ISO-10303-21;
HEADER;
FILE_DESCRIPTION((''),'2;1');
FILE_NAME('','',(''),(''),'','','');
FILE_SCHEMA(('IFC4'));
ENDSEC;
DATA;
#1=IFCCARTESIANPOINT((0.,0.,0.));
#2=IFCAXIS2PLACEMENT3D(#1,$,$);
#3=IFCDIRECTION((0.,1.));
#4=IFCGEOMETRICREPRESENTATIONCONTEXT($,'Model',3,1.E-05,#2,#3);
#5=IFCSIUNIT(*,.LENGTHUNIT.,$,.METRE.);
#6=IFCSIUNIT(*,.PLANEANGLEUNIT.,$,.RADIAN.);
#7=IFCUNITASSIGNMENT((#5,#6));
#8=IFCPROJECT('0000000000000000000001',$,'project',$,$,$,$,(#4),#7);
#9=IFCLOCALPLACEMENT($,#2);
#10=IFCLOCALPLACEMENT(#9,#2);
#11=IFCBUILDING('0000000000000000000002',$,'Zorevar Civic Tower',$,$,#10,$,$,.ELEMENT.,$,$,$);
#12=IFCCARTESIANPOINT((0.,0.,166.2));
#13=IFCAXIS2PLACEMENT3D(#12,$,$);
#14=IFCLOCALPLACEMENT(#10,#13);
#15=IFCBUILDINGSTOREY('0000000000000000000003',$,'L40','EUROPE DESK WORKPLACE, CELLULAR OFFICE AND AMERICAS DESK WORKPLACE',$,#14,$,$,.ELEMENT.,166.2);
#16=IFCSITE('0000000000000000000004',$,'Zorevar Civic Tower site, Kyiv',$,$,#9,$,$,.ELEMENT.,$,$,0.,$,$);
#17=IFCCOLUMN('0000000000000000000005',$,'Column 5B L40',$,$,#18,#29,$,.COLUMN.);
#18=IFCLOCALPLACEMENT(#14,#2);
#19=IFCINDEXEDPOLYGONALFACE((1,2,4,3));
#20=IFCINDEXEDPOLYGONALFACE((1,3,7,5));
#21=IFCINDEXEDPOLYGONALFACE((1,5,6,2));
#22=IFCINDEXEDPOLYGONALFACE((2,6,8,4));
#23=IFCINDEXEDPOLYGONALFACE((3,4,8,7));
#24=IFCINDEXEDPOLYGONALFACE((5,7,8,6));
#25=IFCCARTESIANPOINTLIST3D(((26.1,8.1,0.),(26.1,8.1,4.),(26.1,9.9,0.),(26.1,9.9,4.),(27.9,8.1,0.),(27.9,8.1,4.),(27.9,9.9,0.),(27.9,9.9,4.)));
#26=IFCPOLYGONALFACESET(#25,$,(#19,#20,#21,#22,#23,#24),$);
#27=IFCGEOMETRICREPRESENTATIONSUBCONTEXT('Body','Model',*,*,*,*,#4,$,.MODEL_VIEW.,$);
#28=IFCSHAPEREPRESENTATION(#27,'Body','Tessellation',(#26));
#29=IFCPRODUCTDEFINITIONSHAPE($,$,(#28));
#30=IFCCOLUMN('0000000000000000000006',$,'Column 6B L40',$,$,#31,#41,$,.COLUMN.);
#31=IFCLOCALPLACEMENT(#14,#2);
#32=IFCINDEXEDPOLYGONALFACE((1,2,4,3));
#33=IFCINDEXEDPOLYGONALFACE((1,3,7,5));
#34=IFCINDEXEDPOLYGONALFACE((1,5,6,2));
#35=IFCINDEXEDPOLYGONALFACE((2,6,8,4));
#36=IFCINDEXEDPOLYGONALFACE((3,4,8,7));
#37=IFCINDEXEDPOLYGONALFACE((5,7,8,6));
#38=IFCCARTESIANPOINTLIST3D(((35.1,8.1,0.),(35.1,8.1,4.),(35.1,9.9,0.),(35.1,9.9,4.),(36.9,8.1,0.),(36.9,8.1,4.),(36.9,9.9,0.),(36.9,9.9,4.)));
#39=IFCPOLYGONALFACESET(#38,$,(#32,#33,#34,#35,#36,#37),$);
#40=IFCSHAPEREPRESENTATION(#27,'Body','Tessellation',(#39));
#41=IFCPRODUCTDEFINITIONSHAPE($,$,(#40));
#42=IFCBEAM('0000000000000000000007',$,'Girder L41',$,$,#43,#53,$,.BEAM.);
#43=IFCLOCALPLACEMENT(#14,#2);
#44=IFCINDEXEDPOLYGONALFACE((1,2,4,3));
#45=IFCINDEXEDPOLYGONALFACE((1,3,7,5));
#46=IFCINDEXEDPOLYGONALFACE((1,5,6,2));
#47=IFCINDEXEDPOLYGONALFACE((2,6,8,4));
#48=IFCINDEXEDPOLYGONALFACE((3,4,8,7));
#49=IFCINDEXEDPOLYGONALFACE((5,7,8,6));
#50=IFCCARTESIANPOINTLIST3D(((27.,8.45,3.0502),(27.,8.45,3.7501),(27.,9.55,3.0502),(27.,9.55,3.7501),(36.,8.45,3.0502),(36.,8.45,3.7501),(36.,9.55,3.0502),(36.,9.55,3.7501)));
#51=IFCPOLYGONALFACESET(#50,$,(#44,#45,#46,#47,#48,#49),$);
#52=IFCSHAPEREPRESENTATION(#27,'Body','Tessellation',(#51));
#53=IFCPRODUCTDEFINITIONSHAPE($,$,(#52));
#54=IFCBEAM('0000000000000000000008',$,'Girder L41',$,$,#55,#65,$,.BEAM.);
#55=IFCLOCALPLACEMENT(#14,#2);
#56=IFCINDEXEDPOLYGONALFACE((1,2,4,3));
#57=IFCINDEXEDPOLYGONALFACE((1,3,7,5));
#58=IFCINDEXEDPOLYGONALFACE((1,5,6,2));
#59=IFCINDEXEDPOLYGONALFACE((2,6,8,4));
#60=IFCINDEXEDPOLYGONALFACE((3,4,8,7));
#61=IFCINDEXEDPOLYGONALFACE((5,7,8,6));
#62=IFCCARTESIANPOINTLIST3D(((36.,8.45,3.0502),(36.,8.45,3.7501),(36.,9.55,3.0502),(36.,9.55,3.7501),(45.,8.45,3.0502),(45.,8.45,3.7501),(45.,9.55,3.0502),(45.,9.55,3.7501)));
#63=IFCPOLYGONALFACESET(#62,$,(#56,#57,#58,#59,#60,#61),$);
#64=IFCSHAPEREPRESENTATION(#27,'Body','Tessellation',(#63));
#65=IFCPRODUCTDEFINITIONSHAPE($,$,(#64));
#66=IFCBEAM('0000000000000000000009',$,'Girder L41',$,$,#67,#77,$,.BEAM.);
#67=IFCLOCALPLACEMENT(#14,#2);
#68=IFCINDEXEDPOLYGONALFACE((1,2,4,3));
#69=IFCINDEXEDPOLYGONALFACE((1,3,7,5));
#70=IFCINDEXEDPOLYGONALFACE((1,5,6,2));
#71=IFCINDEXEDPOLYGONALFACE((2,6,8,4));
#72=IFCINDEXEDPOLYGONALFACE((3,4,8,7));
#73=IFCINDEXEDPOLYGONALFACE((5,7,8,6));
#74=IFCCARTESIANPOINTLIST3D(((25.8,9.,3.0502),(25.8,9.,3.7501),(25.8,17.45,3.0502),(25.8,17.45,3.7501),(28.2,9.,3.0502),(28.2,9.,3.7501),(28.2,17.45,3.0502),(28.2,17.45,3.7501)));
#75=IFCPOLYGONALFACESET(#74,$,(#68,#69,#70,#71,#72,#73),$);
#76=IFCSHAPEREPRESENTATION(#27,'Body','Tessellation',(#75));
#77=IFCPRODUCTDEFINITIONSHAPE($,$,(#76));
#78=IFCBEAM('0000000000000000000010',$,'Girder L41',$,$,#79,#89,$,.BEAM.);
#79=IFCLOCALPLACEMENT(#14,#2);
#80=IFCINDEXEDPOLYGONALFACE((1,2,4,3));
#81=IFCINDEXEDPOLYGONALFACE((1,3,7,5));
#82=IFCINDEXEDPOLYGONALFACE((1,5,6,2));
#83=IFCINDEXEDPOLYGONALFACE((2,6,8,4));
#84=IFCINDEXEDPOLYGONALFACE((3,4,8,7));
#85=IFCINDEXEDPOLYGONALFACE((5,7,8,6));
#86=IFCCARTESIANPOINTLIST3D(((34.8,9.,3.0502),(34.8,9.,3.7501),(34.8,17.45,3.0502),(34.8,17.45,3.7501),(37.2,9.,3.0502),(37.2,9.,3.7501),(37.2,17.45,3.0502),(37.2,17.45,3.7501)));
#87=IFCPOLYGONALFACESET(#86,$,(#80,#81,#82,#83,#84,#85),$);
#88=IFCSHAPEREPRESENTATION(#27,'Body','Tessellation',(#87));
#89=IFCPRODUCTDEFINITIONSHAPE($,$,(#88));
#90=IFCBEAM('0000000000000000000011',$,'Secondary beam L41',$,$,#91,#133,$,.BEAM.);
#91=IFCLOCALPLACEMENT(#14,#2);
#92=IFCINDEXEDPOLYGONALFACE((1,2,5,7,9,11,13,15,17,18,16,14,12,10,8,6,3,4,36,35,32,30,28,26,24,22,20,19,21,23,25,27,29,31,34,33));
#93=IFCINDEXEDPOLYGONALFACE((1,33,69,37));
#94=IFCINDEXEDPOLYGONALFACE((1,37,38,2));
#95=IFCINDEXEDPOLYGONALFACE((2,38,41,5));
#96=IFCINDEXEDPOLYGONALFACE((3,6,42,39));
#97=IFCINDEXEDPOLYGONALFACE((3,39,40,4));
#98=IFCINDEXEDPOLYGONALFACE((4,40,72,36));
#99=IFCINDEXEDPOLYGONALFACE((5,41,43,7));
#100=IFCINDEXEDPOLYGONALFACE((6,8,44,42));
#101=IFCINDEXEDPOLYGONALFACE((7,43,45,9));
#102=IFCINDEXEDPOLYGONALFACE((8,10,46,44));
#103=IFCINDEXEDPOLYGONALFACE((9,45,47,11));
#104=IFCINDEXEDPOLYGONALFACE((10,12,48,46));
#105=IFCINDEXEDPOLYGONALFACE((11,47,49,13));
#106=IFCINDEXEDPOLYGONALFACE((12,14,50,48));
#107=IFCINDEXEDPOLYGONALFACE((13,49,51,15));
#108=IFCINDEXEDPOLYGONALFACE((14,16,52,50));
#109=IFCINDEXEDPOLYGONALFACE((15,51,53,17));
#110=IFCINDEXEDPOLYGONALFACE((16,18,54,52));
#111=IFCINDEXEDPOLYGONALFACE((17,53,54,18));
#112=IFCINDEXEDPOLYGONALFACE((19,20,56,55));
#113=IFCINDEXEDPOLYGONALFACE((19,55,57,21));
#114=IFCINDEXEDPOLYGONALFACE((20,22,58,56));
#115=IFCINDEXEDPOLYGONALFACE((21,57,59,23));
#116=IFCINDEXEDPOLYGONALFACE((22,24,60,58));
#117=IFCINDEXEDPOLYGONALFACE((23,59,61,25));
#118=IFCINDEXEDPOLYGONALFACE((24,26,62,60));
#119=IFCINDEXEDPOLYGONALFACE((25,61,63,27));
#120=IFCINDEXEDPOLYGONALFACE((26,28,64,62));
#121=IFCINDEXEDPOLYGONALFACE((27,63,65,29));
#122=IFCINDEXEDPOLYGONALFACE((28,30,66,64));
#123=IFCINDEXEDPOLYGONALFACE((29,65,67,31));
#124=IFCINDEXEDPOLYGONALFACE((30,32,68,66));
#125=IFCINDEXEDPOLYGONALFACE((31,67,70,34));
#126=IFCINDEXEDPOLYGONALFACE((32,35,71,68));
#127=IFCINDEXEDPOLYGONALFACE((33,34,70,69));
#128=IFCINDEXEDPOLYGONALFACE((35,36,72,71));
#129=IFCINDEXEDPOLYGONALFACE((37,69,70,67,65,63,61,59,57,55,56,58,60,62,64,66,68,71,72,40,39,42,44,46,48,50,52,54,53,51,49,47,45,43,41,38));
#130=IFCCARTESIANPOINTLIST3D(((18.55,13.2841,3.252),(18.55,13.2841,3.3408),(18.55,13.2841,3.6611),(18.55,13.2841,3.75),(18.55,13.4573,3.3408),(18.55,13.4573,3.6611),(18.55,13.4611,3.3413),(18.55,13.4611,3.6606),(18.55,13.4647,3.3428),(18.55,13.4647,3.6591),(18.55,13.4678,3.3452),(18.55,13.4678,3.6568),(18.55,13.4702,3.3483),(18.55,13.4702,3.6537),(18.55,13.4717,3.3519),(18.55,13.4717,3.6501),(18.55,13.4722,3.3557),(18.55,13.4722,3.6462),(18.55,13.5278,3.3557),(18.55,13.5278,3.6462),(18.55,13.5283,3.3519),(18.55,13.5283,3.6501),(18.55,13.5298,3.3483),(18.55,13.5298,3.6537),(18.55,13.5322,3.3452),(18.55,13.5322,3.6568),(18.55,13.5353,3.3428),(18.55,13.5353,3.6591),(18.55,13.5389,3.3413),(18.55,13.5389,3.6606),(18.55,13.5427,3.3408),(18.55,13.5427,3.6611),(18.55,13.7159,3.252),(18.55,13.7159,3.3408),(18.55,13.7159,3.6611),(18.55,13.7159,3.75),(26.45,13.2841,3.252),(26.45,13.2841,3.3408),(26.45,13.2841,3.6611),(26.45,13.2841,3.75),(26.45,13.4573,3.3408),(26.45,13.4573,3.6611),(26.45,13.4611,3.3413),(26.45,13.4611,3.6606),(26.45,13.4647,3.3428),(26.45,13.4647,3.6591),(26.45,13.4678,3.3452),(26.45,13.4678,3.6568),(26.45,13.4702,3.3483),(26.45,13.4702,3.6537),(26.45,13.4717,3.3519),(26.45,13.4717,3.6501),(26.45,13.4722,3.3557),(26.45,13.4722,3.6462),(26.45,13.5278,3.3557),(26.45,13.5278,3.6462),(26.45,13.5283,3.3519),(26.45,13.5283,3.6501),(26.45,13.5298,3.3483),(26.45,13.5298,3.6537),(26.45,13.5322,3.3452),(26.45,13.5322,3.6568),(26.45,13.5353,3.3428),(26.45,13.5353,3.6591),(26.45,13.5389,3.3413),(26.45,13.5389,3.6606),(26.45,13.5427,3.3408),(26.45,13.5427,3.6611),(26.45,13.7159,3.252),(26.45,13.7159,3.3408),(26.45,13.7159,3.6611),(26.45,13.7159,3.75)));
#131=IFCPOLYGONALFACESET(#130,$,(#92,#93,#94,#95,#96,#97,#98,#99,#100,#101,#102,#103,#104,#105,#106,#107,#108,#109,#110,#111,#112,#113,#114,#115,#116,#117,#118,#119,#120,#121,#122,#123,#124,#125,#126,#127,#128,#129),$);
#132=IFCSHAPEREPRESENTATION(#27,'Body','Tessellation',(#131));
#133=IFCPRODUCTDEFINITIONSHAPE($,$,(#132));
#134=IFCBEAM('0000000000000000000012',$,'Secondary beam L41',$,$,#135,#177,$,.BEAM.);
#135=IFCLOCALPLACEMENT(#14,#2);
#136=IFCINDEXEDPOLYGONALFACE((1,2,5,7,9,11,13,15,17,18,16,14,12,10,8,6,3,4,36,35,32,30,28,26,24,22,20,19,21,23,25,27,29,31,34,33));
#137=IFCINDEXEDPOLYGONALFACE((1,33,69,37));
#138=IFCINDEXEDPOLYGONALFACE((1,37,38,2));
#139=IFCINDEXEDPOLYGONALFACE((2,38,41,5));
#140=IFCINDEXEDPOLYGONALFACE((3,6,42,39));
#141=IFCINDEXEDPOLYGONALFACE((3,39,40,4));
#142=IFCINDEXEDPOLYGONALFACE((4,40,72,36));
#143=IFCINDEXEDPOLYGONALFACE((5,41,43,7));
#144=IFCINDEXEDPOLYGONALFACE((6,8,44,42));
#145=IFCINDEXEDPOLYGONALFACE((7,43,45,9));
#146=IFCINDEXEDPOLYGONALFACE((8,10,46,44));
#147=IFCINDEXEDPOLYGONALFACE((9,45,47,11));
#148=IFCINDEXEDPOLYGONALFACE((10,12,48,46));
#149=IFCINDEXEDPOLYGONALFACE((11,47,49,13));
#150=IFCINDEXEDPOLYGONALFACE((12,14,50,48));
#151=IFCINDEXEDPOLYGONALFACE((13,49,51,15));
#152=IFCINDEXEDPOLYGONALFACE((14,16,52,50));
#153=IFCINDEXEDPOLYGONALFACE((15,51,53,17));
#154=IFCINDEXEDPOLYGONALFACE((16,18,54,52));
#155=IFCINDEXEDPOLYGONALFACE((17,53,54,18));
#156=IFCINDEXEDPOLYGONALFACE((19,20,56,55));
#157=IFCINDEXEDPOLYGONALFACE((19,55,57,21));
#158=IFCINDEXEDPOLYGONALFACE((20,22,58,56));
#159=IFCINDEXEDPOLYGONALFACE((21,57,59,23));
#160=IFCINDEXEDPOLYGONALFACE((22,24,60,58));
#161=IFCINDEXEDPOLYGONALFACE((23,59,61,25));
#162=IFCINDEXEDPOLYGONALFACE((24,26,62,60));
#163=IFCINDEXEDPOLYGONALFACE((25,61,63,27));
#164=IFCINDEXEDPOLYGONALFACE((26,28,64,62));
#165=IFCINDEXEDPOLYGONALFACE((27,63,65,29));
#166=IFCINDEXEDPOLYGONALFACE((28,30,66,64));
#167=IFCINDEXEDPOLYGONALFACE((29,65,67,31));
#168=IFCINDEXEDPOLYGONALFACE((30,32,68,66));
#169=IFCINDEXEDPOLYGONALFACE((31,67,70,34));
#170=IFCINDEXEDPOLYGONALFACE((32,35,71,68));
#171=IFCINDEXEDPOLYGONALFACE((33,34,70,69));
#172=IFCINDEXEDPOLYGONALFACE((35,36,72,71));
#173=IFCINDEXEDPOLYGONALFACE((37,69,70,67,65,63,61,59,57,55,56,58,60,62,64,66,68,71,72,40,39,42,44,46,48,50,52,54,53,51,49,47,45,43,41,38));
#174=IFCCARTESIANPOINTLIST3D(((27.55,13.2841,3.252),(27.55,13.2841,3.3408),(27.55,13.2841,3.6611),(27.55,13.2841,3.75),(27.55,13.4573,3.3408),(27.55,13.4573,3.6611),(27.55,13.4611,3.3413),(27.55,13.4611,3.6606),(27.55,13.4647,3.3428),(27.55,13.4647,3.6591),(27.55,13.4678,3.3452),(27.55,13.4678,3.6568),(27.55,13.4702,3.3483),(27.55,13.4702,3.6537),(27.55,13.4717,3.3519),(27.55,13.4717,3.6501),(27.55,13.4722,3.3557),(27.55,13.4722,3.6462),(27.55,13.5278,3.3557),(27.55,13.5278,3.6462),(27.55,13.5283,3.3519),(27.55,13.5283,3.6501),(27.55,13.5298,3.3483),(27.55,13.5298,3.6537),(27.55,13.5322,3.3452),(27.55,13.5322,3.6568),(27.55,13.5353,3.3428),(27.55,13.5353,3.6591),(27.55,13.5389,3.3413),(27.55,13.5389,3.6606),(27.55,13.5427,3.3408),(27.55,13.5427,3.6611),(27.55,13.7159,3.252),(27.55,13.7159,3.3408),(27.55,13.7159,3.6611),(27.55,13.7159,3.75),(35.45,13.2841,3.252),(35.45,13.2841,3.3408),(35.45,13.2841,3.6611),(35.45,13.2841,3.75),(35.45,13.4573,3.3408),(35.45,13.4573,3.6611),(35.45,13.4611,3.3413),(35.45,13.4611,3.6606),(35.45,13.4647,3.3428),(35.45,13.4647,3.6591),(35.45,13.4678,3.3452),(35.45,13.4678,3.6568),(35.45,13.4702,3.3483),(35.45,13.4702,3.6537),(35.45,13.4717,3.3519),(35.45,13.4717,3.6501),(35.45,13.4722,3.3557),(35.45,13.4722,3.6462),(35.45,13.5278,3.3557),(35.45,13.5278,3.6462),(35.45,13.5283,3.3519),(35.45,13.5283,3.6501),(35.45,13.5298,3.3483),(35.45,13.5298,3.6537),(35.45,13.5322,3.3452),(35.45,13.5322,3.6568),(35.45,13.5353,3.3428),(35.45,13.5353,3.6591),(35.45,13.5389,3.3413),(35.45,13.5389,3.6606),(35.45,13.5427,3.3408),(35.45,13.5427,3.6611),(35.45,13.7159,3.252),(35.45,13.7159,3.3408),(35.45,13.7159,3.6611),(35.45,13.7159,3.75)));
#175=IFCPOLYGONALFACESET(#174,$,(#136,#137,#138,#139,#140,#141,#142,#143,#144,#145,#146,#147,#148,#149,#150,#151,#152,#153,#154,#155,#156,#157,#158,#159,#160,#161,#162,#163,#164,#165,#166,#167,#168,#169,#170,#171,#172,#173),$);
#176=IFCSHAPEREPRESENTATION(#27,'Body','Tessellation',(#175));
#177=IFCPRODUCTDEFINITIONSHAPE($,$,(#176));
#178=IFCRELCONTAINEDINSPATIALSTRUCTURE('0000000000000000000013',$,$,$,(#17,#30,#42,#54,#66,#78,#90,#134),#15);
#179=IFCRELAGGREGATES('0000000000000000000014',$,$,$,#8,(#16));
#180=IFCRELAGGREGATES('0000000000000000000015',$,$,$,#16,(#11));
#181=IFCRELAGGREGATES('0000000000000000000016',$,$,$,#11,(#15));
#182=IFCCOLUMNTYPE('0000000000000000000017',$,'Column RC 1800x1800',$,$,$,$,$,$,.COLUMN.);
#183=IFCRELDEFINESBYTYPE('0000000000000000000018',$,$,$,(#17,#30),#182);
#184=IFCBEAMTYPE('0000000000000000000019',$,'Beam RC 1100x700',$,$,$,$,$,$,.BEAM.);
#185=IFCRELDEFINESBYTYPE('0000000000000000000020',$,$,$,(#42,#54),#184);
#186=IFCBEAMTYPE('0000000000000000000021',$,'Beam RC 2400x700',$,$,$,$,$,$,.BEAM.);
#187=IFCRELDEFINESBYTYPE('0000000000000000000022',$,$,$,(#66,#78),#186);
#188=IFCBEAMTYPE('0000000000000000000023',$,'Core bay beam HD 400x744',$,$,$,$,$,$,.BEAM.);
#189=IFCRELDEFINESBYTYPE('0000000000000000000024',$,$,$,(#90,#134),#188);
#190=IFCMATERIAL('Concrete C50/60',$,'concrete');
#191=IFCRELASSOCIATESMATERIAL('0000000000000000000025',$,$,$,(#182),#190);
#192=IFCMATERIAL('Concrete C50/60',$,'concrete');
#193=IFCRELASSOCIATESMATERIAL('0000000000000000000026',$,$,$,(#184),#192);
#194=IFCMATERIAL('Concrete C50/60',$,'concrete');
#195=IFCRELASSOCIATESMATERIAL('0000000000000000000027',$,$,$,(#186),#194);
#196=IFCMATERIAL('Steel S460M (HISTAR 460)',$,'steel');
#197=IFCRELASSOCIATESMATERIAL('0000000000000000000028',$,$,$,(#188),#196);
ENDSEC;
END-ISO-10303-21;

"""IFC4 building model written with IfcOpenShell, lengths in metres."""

from ifc_helpers import new_model, si_unit, direction, frame, origin, origin_2d, place, context, subcontext, project, spatial, rectangle, i_section, extrude, material, material_profile, profile_set, type_object, element, save


model = new_model("IFC4")

# Units and contexts
model_context = context("Model", 3, precision=1e-05, world=origin(), true_north=direction((0.0, 1.0)))
body_context = subcontext(model_context, "Body", "Model", "MODEL_VIEW")
ifc_project = project(units=[si_unit("LENGTHUNIT", "METRE"), si_unit("PLANEANGLEUNIT", "RADIAN")], contexts=[model_context])

# Site, building, storey
site_placement = place(None, origin())
site = spatial("IfcSite", under=ifc_project, at=site_placement, Name="Zorevar Civic Tower site, Kyiv", CompositionType="ELEMENT", RefElevation=0.0)
building_placement = place(site_placement, origin())
building = spatial("IfcBuilding", under=site, at=building_placement, Name="Zorevar Civic Tower", CompositionType="ELEMENT")
storey_placement = place(building_placement, frame((0.0, 0.0, 166.2)))
storey = spatial("IfcBuildingStorey", under=building, at=storey_placement, Name="L40", Description="EUROPE DESK WORKPLACE, CELLULAR OFFICE AND AMERICAS DESK WORKPLACE", CompositionType="ELEMENT", Elevation=166.2)

# Columns
ifc_material_1 = material(Name="Concrete C50/60", Category="concrete")
ifc_material_profile_1 = material_profile(ifc_material_1, rectangle(XDim=1.8, YDim=1.8, at=origin_2d()), Name="RC 1800x1800")
ifc_profile_set_1 = profile_set([ifc_material_profile_1], Name="Concrete C50/60")
column_type = type_object("IfcColumnType", Name="Column RC 1800x1800", PredefinedType="COLUMN", material=ifc_profile_set_1)
for number, where, z_axis, x_axis, name in (
    (1, (27.0, 9.0, 0.0), (0.0, 0.0, 1.0), (1.0, 0.0, 0.0), "Column 5B L40"),
    (2, (36.0, 9.0, 0.0), (0.0, 0.0, 1.0), (1.0, 0.0, 0.0), "Column 6B L40"),
):
    element("IfcColumn", number, at=place(storey_placement, frame(where, z_axis=z_axis, x_axis=x_axis)), inside=storey, type_object=column_type, Name=name, PredefinedType="COLUMN", context=body_context, shape_type="SweptSolid", body=[
        extrude(rectangle(XDim=1.8, YDim=1.8, at=origin_2d()), origin(), (0.0, 0.0, 1.0), 4.0),
    ])

# Beams
ifc_material_2 = material(Name="Concrete C50/60", Category="concrete")
ifc_material_profile_2 = material_profile(ifc_material_2, rectangle(XDim=1.1001, YDim=0.7, at=origin_2d()), Name="RC 1100x700")
ifc_profile_set_2 = profile_set([ifc_material_profile_2], Name="Concrete C50/60")
beam_type_1 = type_object("IfcBeamType", Name="Beam RC 1100x700", PredefinedType="BEAM", material=ifc_profile_set_2)
for number, where, z_axis, x_axis, name in (
    (3, (27.0, 9.0, 3.4001), (1.0, 0.0, 0.0), (0.0, 1.0, 0.0), "Girder L41"),
    (4, (36.0, 9.0, 3.4001), (1.0, 0.0, 0.0), (0.0, 1.0, 0.0), "Girder L41"),
):
    element("IfcBeam", number, at=place(storey_placement, frame(where, z_axis=z_axis, x_axis=x_axis)), inside=storey, type_object=beam_type_1, Name=name, PredefinedType="BEAM", context=body_context, shape_type="SweptSolid", body=[
        extrude(rectangle(XDim=1.1001, YDim=0.7, at=origin_2d()), origin(), (0.0, 0.0, 1.0), 9.0),
    ])
ifc_material_3 = material(Name="Concrete C50/60", Category="concrete")
ifc_material_profile_3 = material_profile(ifc_material_3, rectangle(XDim=2.3999, YDim=0.7, at=origin_2d()), Name="RC 2400x700")
ifc_profile_set_3 = profile_set([ifc_material_profile_3], Name="Concrete C50/60")
beam_type_2 = type_object("IfcBeamType", Name="Beam RC 2400x700", PredefinedType="BEAM", material=ifc_profile_set_3)
for number, where, z_axis, x_axis, name in (
    (5, (27.0, 9.0, 3.4001), (0.0, 1.0, 0.0), (-1.0, 0.0, 0.0), "Girder L41"),
    (6, (36.0, 9.0, 3.4001), (0.0, 1.0, 0.0), (-1.0, 0.0, 0.0), "Girder L41"),
):
    element("IfcBeam", number, at=place(storey_placement, frame(where, z_axis=z_axis, x_axis=x_axis)), inside=storey, type_object=beam_type_2, Name=name, PredefinedType="BEAM", context=body_context, shape_type="SweptSolid", body=[
        extrude(rectangle(XDim=2.3999, YDim=0.7, at=origin_2d()), origin(), (0.0, 0.0, 1.0), 8.45),
    ])
ifc_material_4 = material(Name="Steel S460M (HISTAR 460)", Category="steel")
ifc_material_profile_4 = material_profile(ifc_material_4, i_section(OverallWidth=0.4319, OverallDepth=0.498, WebThickness=0.0557, FlangeThickness=0.0889, FilletRadius=0.0149, at=origin_2d()), Name="HD 400x744")
ifc_profile_set_4 = profile_set([ifc_material_profile_4], Name="Steel S460M (HISTAR 460)")
beam_type_3 = type_object("IfcBeamType", Name="Core bay beam HD 400x744", PredefinedType="BEAM", material=ifc_profile_set_4)
for number, where, z_axis, x_axis, name in (
    (7, (18.55, 13.5, 3.501), (1.0, 0.0, 0.0), (0.0, 1.0, 0.0), "Secondary beam L41"),
    (8, (27.55, 13.5, 3.501), (1.0, 0.0, 0.0), (0.0, 1.0, 0.0), "Secondary beam L41"),
):
    element("IfcBeam", number, at=place(storey_placement, frame(where, z_axis=z_axis, x_axis=x_axis)), inside=storey, type_object=beam_type_3, Name=name, PredefinedType="BEAM", context=body_context, shape_type="SweptSolid", body=[
        extrude(i_section(OverallWidth=0.4319, OverallDepth=0.498, WebThickness=0.0557, FlangeThickness=0.0889, FilletRadius=0.0149, at=origin_2d()), origin(), (0.0, 0.0, 1.0), 7.8999),
    ])

save(model, "model.ifc")
